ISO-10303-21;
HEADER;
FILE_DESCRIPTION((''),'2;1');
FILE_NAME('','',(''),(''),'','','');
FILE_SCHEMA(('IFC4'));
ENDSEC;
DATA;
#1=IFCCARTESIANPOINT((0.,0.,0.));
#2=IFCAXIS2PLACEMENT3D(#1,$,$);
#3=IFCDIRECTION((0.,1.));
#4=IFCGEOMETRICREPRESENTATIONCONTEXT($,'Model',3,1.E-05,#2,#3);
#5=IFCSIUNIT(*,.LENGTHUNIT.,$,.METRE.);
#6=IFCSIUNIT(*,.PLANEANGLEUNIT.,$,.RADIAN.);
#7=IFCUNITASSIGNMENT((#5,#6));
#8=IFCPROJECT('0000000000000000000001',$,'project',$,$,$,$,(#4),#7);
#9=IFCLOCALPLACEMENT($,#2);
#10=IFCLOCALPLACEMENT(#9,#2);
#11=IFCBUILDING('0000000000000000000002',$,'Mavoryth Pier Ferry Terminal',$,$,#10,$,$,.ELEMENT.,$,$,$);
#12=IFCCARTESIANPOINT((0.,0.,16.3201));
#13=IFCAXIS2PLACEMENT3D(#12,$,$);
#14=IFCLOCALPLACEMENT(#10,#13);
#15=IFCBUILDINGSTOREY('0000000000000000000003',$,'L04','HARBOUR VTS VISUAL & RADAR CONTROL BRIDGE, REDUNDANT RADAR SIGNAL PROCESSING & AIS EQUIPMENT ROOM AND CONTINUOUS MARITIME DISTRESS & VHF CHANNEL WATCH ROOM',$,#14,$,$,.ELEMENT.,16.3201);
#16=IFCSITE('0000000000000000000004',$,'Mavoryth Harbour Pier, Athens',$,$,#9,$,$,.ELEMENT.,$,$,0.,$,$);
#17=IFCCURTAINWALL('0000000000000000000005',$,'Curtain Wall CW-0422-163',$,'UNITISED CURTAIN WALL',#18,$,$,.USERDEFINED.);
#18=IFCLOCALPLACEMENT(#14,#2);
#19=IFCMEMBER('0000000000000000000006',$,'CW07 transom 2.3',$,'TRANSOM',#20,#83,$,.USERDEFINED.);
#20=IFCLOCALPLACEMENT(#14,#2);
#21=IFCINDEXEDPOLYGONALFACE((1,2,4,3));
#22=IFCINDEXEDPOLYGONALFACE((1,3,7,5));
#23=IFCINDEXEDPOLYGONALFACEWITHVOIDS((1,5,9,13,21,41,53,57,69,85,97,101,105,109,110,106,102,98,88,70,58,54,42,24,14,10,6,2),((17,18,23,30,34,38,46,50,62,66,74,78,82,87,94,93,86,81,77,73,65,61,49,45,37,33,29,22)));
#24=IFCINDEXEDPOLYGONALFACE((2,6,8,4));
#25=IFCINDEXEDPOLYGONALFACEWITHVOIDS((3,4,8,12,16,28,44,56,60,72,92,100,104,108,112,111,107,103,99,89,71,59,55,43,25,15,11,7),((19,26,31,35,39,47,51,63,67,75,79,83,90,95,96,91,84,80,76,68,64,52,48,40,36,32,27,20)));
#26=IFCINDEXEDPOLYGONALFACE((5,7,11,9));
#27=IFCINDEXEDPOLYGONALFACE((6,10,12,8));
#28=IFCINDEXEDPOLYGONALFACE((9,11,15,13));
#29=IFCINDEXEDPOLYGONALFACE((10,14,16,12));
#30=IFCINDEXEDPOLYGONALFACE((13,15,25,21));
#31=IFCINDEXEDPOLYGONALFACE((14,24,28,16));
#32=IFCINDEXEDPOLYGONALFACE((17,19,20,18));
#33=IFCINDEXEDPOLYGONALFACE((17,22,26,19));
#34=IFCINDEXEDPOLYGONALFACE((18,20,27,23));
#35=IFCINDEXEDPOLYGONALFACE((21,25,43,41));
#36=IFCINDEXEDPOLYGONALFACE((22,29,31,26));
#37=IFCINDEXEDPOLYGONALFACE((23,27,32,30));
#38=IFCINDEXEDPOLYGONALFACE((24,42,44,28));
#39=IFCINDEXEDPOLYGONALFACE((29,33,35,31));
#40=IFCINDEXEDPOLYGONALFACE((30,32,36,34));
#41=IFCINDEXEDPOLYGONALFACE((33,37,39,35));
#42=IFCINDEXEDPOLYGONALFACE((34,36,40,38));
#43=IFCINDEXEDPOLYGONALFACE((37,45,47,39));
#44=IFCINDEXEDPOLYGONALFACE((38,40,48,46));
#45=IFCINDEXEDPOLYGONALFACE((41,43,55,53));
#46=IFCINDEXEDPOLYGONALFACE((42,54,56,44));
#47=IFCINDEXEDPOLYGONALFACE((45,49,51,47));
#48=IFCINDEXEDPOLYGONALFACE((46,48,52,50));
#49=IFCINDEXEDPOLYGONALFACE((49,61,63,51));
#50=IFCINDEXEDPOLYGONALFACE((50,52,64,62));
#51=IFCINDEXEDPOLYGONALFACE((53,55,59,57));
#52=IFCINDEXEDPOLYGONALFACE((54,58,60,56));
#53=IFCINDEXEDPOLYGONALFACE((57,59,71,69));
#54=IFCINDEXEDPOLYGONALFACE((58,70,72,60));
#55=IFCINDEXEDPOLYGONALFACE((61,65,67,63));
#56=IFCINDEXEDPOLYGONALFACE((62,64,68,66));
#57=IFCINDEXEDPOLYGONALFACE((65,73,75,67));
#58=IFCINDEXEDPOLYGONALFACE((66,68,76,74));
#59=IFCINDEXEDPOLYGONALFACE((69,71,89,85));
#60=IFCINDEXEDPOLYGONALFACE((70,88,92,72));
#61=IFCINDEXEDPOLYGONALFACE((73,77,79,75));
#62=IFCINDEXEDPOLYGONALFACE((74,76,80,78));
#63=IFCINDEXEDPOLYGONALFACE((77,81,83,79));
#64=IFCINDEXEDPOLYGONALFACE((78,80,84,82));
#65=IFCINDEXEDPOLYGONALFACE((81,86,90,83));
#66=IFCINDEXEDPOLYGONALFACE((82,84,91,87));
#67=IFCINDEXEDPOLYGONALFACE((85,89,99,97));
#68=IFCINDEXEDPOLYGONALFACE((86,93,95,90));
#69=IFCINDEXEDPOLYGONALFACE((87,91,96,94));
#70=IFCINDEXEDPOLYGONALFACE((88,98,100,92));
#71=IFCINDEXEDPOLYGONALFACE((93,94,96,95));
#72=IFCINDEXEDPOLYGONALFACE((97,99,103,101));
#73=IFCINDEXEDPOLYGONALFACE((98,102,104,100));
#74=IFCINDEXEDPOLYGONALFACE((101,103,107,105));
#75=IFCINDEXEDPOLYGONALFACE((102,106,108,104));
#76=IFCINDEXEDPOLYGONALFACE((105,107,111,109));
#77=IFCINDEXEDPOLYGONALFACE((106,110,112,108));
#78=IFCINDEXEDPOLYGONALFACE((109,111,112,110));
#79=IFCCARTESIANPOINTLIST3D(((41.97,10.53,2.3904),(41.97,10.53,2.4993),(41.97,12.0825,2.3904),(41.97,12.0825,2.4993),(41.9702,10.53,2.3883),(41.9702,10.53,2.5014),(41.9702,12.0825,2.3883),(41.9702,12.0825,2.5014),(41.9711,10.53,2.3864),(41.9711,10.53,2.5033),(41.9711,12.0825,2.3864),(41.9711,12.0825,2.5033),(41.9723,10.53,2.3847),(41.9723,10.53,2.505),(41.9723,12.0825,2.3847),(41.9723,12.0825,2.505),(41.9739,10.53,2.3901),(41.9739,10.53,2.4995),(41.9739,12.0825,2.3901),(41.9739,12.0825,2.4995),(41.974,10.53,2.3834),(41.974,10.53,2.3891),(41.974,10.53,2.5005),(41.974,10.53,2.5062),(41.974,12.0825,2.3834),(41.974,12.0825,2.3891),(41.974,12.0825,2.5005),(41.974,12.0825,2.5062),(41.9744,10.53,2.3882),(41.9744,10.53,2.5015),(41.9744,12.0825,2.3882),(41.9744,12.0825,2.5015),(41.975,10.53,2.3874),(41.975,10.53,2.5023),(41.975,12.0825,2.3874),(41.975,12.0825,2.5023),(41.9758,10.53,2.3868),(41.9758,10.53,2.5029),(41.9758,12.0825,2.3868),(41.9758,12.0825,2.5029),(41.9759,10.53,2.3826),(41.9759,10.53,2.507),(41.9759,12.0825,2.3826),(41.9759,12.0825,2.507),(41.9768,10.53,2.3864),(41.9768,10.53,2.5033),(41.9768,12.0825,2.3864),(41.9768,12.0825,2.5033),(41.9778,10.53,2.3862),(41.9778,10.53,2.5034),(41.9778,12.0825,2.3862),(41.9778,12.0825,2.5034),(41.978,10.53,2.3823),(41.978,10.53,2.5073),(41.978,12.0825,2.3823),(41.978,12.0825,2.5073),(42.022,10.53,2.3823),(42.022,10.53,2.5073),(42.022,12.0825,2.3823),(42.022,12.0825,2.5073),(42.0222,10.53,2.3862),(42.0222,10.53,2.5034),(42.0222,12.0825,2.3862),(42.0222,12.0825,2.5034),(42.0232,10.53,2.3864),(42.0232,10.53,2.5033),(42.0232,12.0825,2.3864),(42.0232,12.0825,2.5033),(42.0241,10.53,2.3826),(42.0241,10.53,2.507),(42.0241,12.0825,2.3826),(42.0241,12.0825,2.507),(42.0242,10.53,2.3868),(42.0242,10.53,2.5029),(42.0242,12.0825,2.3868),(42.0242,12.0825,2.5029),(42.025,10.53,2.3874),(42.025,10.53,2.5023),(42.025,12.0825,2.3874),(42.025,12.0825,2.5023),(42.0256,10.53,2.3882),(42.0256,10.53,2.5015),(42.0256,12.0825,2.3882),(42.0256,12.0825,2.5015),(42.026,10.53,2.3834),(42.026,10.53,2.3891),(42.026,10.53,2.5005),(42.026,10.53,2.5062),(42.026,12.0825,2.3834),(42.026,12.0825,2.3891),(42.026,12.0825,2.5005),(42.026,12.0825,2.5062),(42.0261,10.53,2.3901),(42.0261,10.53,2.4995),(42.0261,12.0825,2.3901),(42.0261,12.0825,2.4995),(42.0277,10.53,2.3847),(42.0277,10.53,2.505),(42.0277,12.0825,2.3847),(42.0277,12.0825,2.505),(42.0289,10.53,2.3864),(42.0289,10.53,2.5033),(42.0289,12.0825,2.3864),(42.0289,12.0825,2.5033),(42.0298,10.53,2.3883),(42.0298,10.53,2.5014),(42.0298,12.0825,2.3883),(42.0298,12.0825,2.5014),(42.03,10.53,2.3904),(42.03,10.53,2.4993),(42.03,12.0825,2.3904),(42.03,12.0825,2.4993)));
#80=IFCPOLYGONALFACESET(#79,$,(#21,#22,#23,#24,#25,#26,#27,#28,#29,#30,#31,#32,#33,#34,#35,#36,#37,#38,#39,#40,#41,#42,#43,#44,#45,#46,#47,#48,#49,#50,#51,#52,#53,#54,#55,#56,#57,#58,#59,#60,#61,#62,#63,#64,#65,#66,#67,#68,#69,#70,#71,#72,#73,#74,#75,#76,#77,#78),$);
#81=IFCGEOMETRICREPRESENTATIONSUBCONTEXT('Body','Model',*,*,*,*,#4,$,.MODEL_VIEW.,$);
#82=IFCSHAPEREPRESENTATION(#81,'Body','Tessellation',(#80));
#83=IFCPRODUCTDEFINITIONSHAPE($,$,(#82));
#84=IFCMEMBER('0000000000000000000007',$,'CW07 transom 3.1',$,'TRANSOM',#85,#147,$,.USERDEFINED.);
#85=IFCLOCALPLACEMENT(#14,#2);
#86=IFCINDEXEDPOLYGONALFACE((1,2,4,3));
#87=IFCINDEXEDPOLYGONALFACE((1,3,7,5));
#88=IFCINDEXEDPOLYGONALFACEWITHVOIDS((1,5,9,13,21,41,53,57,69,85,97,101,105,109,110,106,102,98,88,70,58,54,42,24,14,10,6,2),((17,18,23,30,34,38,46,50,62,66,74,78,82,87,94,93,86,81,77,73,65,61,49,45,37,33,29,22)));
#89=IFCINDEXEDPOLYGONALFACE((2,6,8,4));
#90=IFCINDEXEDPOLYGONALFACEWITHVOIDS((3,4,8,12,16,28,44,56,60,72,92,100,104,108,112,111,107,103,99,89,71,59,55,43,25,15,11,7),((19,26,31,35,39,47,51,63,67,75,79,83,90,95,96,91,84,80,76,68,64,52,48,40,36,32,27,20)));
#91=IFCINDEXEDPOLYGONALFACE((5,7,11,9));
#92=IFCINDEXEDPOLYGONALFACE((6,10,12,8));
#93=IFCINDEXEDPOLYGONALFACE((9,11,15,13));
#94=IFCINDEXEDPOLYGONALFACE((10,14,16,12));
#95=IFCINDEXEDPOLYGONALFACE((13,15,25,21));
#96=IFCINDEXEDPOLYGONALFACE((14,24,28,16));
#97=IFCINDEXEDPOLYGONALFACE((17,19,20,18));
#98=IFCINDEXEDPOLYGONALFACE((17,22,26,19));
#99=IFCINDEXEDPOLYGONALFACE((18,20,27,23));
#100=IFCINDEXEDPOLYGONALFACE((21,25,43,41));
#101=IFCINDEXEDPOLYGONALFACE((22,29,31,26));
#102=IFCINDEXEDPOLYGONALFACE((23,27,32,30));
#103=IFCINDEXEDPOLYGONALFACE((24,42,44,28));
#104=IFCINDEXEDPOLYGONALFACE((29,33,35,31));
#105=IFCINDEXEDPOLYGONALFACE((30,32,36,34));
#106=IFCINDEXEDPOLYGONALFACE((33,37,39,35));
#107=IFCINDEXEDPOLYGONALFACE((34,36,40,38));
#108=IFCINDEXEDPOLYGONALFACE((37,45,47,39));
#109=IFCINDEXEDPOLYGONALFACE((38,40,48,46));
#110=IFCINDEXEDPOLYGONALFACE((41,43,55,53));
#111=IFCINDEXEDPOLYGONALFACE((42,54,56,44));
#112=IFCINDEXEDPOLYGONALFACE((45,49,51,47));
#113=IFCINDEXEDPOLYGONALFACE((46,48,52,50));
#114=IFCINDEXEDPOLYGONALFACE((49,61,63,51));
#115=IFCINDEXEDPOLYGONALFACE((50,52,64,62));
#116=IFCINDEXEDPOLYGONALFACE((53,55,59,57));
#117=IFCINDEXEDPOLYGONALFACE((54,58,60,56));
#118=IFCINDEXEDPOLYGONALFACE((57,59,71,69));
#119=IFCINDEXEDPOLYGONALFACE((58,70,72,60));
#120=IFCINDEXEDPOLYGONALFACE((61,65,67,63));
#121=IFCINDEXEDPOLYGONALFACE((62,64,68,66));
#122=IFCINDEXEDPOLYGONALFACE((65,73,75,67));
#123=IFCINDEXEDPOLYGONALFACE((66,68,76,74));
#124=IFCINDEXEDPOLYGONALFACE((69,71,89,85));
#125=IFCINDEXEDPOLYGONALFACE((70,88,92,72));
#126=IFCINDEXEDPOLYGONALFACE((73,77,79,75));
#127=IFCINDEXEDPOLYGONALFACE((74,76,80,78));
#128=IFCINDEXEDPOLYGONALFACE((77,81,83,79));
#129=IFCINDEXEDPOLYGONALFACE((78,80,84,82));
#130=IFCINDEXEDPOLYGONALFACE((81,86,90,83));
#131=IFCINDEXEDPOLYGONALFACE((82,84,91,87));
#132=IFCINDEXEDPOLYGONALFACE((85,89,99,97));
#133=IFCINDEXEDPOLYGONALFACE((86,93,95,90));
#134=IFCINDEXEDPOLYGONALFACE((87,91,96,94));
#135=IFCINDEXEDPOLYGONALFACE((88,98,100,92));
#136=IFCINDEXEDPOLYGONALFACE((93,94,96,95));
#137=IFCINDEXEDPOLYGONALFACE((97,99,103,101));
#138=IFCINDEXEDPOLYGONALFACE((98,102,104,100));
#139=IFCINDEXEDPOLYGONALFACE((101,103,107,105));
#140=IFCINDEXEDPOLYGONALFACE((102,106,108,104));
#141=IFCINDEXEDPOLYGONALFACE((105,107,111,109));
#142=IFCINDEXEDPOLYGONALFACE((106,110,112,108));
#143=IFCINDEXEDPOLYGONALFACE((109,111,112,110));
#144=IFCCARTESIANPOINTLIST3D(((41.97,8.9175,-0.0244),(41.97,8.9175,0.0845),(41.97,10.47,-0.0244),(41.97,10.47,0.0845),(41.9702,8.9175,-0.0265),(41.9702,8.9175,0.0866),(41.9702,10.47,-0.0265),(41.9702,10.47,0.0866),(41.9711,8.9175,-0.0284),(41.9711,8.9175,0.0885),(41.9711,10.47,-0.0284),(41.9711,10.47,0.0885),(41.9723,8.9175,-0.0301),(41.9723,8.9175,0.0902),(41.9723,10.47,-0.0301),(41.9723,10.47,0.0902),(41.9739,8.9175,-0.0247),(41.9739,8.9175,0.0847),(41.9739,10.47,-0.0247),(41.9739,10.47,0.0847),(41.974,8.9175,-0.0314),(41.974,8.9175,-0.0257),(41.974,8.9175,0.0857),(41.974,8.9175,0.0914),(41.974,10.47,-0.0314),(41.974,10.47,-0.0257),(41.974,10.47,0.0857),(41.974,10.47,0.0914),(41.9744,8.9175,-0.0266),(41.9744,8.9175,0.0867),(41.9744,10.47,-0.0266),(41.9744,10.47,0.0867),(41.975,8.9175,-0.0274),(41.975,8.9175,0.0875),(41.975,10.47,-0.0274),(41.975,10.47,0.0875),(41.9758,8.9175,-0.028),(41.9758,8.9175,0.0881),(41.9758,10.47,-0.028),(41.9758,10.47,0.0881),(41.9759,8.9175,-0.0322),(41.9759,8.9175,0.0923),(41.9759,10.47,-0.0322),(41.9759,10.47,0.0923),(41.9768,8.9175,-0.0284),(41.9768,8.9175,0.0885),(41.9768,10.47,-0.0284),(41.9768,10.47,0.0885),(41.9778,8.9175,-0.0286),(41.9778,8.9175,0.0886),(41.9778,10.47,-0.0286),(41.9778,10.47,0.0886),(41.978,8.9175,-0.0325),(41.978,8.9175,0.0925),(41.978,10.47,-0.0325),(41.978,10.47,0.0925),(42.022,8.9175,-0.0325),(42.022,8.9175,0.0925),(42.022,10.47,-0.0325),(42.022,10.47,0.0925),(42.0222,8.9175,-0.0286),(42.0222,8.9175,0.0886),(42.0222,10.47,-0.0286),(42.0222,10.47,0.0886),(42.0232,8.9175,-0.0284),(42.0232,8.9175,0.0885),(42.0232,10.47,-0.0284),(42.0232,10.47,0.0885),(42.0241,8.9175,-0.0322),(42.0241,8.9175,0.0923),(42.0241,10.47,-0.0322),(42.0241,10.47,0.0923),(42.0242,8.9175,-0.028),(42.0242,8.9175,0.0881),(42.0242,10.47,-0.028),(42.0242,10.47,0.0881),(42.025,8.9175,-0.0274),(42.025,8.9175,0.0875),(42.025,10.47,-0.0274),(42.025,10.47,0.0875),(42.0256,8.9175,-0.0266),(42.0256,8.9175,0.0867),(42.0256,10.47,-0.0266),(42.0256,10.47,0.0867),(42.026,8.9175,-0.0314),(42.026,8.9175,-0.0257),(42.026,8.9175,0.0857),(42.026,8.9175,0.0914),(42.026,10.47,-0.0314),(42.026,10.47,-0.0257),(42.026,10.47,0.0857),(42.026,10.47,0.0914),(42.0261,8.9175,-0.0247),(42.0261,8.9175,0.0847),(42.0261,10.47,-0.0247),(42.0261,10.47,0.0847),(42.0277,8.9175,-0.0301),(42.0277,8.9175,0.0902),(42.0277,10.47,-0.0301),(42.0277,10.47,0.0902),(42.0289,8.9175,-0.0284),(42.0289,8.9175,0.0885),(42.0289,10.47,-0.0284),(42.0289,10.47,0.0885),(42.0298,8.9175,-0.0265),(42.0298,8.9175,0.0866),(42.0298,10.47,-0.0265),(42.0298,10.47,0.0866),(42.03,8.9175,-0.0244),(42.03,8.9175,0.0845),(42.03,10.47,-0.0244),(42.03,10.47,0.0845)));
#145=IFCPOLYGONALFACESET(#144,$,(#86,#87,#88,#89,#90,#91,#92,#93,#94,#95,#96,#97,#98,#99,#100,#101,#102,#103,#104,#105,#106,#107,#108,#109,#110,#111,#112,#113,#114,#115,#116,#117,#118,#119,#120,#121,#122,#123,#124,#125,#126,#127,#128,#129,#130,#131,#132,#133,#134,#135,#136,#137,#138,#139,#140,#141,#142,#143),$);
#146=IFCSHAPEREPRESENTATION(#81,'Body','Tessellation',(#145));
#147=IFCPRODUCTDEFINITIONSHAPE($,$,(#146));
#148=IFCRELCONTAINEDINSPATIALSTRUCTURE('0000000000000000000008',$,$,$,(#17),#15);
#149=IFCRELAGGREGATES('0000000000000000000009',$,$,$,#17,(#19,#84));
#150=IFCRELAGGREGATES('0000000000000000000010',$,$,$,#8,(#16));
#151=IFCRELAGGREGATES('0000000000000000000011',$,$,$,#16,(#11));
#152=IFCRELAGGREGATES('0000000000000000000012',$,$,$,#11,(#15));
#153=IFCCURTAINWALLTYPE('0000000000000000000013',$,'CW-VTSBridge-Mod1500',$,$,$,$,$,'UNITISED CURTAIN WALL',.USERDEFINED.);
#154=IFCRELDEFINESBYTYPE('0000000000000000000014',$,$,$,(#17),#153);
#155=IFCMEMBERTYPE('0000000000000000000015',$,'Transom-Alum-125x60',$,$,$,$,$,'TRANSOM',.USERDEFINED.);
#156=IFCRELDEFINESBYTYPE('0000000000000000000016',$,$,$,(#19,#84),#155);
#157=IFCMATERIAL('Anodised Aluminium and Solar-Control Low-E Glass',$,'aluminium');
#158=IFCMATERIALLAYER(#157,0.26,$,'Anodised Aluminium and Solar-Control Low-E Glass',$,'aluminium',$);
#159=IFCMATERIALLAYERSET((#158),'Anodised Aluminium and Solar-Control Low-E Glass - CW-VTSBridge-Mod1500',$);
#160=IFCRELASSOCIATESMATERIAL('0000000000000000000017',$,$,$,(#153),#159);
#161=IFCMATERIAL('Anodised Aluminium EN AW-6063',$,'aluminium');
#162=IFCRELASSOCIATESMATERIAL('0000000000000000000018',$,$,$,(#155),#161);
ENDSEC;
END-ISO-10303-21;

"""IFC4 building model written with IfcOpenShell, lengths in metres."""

from ifc_helpers import new_model, si_unit, direction, frame, origin, origin_2d, place, context, subcontext, project, spatial, hollow_rectangle, extrude, material, layer, layer_set, material_profile, profile_set, type_object, element, aggregate, save


model = new_model("IFC4")

# Units and contexts
model_context = context("Model", 3, precision=1e-05, world=origin(), true_north=direction((0.0, 1.0)))
body_context = subcontext(model_context, "Body", "Model", "MODEL_VIEW")
ifc_project = project(units=[si_unit("LENGTHUNIT", "METRE"), si_unit("PLANEANGLEUNIT", "RADIAN")], contexts=[model_context])

# Site, building, storey
site_placement = place(None, origin())
site = spatial("IfcSite", under=ifc_project, at=site_placement, Name="Mavoryth Harbour Pier, Athens", CompositionType="ELEMENT", RefElevation=0.0)
building_placement = place(site_placement, origin())
building = spatial("IfcBuilding", under=site, at=building_placement, Name="Mavoryth Pier Ferry Terminal", CompositionType="ELEMENT")
storey_placement = place(building_placement, frame((0.0, 0.0, 16.3201)))
storey = spatial("IfcBuildingStorey", under=building, at=storey_placement, Name="L04", Description="HARBOUR VTS VISUAL & RADAR CONTROL BRIDGE, REDUNDANT RADAR SIGNAL PROCESSING & AIS EQUIPMENT ROOM AND CONTINUOUS MARITIME DISTRESS & VHF CHANNEL WATCH ROOM", CompositionType="ELEMENT", Elevation=16.3201)

# Shared definitions
ifc_material_1 = material(Name="Anodised Aluminium and Solar-Control Low-E Glass", Category="aluminium")
ifc_layer_1 = layer(ifc_material_1, 0.26, Name="Anodised Aluminium and Solar-Control Low-E Glass", Category="aluminium")
ifc_layer_set_1 = layer_set([ifc_layer_1], Name="Anodised Aluminium and Solar-Control Low-E Glass - CW-VTSBridge-Mod1500")
curtain_wall_type = type_object("IfcCurtainWallType", Name="CW-VTSBridge-Mod1500", ElementType="UNITISED CURTAIN WALL", PredefinedType="USERDEFINED", material=ifc_layer_set_1)
ifc_material_2 = material(Name="Anodised Aluminium EN AW-6063", Category="aluminium")

# Curtain wall, members
curtain_wall_1_placement = place(storey_placement, origin())
curtain_wall_1 = element("IfcCurtainWall", 1, at=curtain_wall_1_placement, inside=storey, type_object=curtain_wall_type, Name="Curtain Wall CW-0422-163", ObjectType="UNITISED CURTAIN WALL", PredefinedType="USERDEFINED")
ifc_material_profile_1 = material_profile(ifc_material_2, hollow_rectangle(XDim=0.0601, YDim=0.125, WallThickness=0.0039, InnerFilletRadius=0.0039, OuterFilletRadius=0.0081, at=origin_2d()), Name="AL-TRAN 125x60x4", Category="aluminium")
ifc_profile_set_1 = profile_set([ifc_material_profile_1], Name="Anodised Aluminium EN AW-6063 - AL-TRAN 125x60x4")
member_type_1 = type_object("IfcMemberType", Name="Transom-Alum-125x60", ElementType="TRANSOM", PredefinedType="USERDEFINED", material=ifc_profile_set_1)
member_1_placement = place(storey_placement, frame((42.0, 12.0825, 2.4448), z_axis=(0.0, -1.0, 0.0), x_axis=(1.0, 0.0, 0.0)))
member_1 = element("IfcMember", 2, at=member_1_placement, type_object=member_type_1, Name="CW07 transom 2.3", ObjectType="TRANSOM", PredefinedType="USERDEFINED", context=body_context, shape_type="SweptSolid", body=[
    extrude(hollow_rectangle(XDim=0.0601, YDim=0.125, WallThickness=0.0039, InnerFilletRadius=0.0039, OuterFilletRadius=0.0081, at=origin_2d()), origin(), (0.0, 0.0, 1.0), 1.5525),
])
member_2_placement = place(storey_placement, frame((42.0, 10.47, 0.03), z_axis=(0.0, -1.0, 0.0), x_axis=(1.0, 0.0, 0.0)))
member_2 = element("IfcMember", 3, at=member_2_placement, type_object=member_type_1, Name="CW07 transom 3.1", ObjectType="TRANSOM", PredefinedType="USERDEFINED", context=body_context, shape_type="SweptSolid", body=[
    extrude(hollow_rectangle(XDim=0.0601, YDim=0.125, WallThickness=0.0039, InnerFilletRadius=0.0039, OuterFilletRadius=0.0081, at=origin_2d()), origin(), (0.0, 0.0, 1.0), 1.5525),
])
aggregate(curtain_wall_1, [member_1, member_2])

save(model, "model.ifc")
